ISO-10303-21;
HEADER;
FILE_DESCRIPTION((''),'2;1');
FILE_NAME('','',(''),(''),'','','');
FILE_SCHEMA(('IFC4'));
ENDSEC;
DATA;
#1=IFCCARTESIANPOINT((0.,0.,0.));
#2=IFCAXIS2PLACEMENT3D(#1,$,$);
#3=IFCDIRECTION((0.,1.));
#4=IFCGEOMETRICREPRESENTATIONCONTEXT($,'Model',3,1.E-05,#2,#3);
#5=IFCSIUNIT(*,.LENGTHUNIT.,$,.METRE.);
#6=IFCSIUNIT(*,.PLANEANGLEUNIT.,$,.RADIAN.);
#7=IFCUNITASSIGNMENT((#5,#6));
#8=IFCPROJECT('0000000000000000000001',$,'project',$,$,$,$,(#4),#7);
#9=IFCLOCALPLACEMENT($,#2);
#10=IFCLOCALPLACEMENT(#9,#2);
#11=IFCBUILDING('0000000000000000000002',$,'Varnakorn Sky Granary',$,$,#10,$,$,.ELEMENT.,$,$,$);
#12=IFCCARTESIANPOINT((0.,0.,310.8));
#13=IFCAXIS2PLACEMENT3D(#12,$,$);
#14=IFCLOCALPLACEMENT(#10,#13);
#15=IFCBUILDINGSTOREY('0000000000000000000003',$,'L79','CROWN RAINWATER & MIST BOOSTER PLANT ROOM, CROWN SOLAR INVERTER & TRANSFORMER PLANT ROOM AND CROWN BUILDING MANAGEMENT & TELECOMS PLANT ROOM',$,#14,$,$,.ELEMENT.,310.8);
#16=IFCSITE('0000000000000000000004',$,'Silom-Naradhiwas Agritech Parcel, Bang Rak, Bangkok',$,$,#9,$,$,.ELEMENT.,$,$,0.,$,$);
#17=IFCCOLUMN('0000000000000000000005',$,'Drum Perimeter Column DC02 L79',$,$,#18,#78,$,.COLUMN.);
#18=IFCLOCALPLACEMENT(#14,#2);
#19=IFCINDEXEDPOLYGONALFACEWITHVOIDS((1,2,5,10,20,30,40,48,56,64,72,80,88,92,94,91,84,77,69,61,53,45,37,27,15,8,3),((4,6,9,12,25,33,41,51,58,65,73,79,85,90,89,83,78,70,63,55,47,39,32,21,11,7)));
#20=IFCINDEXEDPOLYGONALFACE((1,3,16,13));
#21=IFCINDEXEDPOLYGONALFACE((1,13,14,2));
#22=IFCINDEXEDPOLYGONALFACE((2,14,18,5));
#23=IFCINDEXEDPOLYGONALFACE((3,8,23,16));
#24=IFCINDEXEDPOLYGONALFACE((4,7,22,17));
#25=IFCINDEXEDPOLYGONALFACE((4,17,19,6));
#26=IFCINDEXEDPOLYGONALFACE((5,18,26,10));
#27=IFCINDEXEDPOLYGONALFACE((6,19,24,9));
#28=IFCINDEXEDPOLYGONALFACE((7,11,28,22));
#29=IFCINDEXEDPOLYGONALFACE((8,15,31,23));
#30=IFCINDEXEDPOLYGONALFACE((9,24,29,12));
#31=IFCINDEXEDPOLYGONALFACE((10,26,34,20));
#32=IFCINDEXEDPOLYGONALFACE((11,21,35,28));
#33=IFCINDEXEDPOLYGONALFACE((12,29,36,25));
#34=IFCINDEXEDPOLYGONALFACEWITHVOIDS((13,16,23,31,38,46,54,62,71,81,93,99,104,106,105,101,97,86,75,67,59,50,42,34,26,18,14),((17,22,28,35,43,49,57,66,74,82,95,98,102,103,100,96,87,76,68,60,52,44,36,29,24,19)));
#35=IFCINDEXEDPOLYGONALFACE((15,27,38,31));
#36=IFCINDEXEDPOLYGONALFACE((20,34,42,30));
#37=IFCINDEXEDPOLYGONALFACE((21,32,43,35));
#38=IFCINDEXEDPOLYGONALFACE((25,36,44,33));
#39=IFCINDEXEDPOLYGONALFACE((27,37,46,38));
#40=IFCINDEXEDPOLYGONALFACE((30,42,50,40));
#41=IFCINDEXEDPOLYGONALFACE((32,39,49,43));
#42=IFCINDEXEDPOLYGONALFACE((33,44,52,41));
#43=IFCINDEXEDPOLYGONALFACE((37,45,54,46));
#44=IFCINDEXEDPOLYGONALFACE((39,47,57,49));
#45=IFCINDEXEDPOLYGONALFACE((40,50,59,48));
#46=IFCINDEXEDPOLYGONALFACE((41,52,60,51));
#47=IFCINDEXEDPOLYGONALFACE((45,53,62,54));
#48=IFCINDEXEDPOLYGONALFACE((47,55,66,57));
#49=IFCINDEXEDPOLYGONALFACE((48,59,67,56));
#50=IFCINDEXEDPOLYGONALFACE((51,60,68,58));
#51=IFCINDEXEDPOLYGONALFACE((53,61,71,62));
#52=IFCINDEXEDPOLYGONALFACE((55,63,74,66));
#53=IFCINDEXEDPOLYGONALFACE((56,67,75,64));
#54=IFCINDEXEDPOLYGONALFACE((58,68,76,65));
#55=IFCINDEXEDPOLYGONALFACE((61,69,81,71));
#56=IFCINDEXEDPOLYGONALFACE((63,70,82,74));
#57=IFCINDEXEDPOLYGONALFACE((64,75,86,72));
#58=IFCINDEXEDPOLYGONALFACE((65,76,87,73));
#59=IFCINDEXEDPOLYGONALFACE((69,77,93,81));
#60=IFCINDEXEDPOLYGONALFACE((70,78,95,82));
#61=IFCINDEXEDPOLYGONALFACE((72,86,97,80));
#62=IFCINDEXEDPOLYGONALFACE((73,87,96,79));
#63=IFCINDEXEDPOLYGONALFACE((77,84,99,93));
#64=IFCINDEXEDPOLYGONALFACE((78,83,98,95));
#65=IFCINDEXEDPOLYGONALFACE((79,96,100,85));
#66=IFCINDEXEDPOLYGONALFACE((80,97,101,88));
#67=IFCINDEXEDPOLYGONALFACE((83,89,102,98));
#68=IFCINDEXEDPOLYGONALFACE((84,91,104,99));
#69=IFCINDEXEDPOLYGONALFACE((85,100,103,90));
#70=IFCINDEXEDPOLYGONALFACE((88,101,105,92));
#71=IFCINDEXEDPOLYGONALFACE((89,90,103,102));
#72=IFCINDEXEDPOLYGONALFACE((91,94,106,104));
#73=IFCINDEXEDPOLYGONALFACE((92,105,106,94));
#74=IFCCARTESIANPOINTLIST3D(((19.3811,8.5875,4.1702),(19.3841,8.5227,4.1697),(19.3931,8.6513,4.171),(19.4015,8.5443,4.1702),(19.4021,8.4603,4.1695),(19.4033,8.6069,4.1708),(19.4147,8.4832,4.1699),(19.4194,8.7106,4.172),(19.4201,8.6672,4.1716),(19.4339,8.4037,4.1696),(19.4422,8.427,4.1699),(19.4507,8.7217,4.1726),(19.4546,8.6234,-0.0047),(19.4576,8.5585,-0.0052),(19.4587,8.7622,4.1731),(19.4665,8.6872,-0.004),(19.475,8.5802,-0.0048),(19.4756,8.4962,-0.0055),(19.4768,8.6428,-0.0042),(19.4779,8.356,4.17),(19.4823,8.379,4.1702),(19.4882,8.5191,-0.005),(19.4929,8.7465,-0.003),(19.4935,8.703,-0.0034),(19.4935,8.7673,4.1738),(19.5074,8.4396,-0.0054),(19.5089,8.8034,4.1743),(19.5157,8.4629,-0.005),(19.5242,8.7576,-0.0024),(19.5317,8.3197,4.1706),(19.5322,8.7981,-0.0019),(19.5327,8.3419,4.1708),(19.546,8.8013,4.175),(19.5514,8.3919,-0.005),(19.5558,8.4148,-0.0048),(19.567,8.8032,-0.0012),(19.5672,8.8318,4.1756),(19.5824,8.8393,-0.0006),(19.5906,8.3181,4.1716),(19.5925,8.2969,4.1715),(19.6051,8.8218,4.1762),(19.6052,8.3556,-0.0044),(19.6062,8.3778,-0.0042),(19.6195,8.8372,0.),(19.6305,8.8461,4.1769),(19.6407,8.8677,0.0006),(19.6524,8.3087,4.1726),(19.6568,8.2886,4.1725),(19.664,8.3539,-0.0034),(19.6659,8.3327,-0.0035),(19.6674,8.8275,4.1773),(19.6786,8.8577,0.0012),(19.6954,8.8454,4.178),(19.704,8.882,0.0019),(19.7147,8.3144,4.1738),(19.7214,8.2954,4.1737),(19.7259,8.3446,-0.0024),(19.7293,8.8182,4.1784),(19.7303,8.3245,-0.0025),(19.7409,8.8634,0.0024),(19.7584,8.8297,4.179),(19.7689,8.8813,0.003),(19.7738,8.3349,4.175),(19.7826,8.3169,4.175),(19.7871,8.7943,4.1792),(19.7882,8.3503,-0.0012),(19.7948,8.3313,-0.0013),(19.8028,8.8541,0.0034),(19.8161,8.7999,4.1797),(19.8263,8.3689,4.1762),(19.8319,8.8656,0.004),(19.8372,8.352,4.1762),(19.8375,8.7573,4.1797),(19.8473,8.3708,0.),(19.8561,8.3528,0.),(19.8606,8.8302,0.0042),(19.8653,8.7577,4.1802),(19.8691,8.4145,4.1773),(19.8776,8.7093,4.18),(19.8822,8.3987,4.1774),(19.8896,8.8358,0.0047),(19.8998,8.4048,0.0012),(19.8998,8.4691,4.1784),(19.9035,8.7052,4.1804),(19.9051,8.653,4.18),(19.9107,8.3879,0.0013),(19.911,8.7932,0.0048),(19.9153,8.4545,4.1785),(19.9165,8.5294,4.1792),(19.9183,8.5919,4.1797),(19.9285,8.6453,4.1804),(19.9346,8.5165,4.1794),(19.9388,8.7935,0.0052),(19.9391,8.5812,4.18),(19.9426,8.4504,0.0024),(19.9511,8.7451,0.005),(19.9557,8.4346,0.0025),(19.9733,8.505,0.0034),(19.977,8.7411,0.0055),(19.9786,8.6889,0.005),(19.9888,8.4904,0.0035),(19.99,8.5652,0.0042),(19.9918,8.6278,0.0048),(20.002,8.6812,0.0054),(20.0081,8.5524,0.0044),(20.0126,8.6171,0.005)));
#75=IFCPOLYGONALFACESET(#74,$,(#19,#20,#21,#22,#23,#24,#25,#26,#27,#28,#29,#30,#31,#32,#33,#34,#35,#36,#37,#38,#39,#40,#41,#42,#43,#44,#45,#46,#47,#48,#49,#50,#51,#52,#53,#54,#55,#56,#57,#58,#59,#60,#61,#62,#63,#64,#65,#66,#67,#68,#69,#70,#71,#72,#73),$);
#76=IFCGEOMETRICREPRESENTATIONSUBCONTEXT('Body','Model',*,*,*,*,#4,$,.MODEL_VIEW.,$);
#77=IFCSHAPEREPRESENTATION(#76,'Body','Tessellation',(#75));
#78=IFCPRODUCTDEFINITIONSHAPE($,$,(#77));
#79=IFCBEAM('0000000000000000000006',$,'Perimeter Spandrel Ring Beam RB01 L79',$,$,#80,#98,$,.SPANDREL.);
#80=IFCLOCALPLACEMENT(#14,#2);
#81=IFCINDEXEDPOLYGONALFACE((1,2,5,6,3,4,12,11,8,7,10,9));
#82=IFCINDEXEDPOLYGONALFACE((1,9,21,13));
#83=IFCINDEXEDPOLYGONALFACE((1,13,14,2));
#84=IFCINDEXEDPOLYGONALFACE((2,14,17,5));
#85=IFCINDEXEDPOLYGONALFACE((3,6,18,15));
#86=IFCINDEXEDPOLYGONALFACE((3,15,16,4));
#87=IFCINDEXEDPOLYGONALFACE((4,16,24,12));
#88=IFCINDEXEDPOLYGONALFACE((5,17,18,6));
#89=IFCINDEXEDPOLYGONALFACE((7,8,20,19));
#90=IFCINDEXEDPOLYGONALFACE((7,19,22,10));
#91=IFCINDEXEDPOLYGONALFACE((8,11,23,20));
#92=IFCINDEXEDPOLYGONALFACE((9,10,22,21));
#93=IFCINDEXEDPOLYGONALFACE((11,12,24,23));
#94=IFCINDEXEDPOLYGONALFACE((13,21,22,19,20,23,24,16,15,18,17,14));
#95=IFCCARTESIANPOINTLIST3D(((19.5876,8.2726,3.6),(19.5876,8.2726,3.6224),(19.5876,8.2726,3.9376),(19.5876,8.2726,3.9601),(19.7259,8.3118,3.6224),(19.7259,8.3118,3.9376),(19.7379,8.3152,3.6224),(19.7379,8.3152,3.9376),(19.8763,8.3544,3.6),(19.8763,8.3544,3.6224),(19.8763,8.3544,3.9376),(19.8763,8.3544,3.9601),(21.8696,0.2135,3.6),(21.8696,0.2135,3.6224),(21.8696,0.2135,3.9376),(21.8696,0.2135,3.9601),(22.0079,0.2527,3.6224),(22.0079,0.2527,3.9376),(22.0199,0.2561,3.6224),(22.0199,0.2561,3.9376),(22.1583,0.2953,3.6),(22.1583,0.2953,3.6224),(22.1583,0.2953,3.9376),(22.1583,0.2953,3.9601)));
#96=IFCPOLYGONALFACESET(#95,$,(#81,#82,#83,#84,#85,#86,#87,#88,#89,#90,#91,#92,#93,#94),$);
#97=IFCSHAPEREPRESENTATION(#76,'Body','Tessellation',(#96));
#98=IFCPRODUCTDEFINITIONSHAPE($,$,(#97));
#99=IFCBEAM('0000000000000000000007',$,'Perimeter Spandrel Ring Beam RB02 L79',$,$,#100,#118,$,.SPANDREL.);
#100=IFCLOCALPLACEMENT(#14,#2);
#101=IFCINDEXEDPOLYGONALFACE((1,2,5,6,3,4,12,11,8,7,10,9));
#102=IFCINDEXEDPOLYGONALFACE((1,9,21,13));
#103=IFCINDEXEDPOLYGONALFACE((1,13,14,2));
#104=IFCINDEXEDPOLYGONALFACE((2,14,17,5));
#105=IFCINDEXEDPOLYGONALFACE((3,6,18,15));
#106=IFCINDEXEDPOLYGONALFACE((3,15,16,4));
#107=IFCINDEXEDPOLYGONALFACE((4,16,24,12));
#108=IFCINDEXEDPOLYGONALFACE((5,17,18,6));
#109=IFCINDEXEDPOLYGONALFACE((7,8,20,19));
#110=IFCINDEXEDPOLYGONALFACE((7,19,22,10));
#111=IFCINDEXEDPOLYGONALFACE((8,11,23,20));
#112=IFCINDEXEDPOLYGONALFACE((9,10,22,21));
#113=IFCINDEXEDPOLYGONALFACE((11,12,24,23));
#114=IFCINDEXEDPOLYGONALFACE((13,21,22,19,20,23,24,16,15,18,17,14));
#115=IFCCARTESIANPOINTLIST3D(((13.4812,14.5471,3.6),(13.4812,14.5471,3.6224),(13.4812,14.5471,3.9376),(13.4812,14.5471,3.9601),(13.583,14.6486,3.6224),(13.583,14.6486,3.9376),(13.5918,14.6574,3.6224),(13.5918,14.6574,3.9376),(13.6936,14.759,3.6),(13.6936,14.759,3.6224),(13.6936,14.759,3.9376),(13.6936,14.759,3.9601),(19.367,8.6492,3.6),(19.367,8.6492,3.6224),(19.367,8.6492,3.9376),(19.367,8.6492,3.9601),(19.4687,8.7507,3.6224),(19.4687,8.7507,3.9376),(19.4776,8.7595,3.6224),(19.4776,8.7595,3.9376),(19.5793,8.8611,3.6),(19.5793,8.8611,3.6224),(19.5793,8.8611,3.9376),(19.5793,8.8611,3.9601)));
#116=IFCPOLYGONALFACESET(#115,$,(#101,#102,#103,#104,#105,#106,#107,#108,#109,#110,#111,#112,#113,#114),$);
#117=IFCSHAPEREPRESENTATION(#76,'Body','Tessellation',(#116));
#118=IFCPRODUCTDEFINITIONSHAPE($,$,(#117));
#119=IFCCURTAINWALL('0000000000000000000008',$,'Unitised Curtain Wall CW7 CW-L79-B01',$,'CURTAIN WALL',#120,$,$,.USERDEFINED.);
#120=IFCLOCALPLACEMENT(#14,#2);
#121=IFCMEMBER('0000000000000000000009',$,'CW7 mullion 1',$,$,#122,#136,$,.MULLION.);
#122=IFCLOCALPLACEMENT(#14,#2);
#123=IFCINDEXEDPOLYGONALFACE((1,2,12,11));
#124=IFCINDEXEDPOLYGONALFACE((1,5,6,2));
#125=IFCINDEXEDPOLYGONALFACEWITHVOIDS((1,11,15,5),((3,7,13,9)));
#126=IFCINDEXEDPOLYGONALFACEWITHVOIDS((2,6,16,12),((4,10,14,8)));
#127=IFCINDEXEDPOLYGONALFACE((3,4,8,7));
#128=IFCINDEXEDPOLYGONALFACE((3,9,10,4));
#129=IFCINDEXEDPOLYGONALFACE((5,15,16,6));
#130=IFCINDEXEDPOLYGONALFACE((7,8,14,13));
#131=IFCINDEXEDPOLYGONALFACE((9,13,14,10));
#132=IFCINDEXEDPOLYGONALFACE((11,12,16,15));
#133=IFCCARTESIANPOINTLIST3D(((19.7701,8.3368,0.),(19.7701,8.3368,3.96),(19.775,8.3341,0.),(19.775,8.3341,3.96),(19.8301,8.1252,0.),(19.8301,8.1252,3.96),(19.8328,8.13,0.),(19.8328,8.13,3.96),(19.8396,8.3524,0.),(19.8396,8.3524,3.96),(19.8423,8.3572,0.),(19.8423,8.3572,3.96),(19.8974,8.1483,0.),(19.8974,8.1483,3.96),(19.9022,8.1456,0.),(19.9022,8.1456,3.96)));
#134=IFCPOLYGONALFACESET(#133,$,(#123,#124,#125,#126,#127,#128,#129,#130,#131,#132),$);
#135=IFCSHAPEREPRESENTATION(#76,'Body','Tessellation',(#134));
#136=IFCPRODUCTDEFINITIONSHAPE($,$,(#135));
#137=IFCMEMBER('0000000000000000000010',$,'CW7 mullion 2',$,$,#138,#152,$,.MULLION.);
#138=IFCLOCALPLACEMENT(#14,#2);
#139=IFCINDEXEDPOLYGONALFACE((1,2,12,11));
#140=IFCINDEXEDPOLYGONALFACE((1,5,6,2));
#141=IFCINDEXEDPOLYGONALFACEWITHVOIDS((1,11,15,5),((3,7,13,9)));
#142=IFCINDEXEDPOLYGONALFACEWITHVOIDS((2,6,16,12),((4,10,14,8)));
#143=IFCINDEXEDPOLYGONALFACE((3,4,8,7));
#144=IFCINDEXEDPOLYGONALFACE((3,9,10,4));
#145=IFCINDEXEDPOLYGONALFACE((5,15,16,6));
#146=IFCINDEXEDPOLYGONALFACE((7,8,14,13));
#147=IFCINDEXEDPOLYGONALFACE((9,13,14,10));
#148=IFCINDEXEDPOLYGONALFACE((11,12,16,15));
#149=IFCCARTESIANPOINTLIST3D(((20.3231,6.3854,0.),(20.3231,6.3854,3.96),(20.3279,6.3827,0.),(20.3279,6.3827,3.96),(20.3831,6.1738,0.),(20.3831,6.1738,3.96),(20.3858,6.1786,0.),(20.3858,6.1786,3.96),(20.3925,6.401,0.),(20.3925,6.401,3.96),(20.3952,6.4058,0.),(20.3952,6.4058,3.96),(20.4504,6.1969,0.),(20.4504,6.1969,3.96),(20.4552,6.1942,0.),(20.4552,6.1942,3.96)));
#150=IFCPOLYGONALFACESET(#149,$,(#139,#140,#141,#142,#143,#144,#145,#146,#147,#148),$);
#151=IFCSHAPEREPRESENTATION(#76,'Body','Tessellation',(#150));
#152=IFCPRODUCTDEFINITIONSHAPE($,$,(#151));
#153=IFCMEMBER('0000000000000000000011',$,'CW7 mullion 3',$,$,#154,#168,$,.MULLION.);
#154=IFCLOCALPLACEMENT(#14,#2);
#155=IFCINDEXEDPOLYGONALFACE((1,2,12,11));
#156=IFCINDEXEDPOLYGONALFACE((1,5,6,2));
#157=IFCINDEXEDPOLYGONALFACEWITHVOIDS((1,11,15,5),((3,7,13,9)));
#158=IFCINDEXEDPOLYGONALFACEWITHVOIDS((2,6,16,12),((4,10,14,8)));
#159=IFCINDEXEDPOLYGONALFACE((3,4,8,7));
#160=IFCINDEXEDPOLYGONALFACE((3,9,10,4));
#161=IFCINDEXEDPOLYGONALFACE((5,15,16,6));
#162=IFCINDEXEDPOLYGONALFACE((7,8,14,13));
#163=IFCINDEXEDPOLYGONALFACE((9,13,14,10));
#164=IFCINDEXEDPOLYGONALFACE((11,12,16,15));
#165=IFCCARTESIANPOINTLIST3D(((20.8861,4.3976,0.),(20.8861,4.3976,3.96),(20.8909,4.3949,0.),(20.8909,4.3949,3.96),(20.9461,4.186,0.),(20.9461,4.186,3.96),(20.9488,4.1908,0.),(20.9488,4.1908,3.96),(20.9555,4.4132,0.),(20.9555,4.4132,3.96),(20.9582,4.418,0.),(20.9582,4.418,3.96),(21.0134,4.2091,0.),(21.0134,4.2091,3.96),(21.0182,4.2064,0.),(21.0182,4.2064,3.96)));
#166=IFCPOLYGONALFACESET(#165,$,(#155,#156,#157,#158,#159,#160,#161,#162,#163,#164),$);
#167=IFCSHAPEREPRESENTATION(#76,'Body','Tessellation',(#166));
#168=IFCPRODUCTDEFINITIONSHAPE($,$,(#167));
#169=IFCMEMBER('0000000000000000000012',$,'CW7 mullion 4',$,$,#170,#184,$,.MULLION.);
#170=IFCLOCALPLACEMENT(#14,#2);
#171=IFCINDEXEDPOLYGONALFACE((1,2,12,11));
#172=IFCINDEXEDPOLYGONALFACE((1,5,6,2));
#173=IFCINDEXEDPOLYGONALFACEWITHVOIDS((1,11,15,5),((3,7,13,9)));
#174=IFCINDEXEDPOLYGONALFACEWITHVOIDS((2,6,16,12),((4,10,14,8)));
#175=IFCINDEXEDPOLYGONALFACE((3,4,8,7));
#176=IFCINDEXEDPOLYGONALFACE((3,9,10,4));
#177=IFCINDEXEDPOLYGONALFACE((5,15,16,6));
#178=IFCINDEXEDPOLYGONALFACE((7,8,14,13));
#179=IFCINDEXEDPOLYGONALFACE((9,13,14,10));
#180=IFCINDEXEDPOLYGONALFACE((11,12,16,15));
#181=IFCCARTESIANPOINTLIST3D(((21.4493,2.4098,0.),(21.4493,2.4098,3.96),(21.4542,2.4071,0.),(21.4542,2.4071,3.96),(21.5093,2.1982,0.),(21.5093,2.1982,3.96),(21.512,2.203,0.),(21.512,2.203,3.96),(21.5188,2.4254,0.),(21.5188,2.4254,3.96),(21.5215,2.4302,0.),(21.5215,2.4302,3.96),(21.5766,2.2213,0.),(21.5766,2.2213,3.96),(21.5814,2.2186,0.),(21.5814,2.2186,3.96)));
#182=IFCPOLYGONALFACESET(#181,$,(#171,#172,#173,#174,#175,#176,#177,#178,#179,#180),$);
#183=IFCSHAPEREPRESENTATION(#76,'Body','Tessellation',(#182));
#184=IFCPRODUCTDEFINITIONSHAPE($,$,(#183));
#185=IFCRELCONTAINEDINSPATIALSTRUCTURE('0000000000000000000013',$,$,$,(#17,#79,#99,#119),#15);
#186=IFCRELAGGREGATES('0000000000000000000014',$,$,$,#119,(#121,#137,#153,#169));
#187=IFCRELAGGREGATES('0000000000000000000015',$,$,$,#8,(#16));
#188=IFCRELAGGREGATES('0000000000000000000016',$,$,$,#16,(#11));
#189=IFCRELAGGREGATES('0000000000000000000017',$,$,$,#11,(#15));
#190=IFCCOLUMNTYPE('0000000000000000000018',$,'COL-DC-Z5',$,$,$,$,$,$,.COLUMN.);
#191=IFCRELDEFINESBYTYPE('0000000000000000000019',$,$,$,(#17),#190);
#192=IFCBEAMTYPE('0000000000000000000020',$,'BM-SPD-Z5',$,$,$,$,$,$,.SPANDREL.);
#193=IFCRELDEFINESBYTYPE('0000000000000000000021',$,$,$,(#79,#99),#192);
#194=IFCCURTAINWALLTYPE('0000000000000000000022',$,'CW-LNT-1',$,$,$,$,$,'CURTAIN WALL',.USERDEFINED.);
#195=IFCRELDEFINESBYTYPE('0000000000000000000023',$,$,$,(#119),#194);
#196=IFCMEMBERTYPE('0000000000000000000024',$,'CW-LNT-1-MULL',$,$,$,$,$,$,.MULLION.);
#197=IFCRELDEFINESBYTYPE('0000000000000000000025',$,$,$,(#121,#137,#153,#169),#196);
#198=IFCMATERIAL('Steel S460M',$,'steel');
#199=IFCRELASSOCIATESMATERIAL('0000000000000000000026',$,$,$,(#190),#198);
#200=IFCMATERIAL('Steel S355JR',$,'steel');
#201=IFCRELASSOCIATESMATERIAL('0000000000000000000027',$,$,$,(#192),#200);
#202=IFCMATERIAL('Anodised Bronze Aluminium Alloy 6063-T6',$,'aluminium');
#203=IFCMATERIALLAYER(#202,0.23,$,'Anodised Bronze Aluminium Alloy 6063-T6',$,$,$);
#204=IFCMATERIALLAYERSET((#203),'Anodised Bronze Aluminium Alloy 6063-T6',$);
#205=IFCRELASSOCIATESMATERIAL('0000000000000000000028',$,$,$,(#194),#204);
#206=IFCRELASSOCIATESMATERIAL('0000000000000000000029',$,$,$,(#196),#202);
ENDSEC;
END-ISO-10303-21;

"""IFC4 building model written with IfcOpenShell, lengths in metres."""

from ifc_helpers import new_model, si_unit, direction, frame, origin, origin_2d, place, context, subcontext, project, spatial, hollow_rectangle, hollow_circle, i_section, extrude, material, layer, layer_set, material_profile, profile_set, type_object, element, aggregate, save


model = new_model("IFC4")

# Units and contexts
model_context = context("Model", 3, precision=1e-05, world=origin(), true_north=direction((0.0, 1.0)))
body_context = subcontext(model_context, "Body", "Model", "MODEL_VIEW")
ifc_project = project(units=[si_unit("LENGTHUNIT", "METRE"), si_unit("PLANEANGLEUNIT", "RADIAN")], contexts=[model_context])

# Site, building, storey
site_placement = place(None, origin())
site = spatial("IfcSite", under=ifc_project, at=site_placement, Name="Silom-Naradhiwas Agritech Parcel, Bang Rak, Bangkok", CompositionType="ELEMENT", RefElevation=0.0)
building_placement = place(site_placement, origin())
building = spatial("IfcBuilding", under=site, at=building_placement, Name="Varnakorn Sky Granary", CompositionType="ELEMENT")
storey_placement = place(building_placement, frame((0.0, 0.0, 310.8)))
storey = spatial("IfcBuildingStorey", under=building, at=storey_placement, Name="L79", Description="CROWN RAINWATER & MIST BOOSTER PLANT ROOM, CROWN SOLAR INVERTER & TRANSFORMER PLANT ROOM AND CROWN BUILDING MANAGEMENT & TELECOMS PLANT ROOM", CompositionType="ELEMENT", Elevation=310.8)

# Column
ifc_material_1 = material(Name="Steel S460M", Category="steel")
ifc_material_profile_1 = material_profile(ifc_material_1, hollow_circle(Radius=0.2795, WallThickness=0.02, at=origin_2d()), Name="CHS 559x20")
ifc_profile_set_1 = profile_set([ifc_material_profile_1], Name="Steel S460M")
column_type = type_object("IfcColumnType", Name="COL-DC-Z5", PredefinedType="COLUMN", material=ifc_profile_set_1)
column_placement = place(storey_placement, frame((19.7334, 8.604, 0.0), z_axis=(-0.017598, -0.008594, 0.999808), x_axis=(0.438835, -0.898568, 0.0)))
element("IfcColumn", 1, at=column_placement, inside=storey, type_object=column_type, Name="Drum Perimeter Column DC02 L79", PredefinedType="COLUMN", context=body_context, shape_type="SweptSolid", body=[
    extrude(hollow_circle(Radius=0.2795, WallThickness=0.02, at=origin_2d()), origin(), (0.0, 0.0, 1.0), 4.1758),
])

# Beams
ifc_material_2 = material(Name="Steel S355JR", Category="steel")
ifc_material_profile_2 = material_profile(ifc_material_2, i_section(OverallWidth=0.3, OverallDepth=0.3601, WebThickness=0.0125, FlangeThickness=0.0225, at=origin_2d()), Name="HE 360 B")
ifc_profile_set_2 = profile_set([ifc_material_profile_2], Name="Steel S355JR")
beam_type = type_object("IfcBeamType", Name="BM-SPD-Z5", PredefinedType="SPANDREL", material=ifc_profile_set_2)
beam_1_placement = place(storey_placement, frame((22.0139, 0.2544, 3.78), z_axis=(-0.272445, 0.962171, 0.0), x_axis=(-0.962171, -0.272445, 0.0)))
element("IfcBeam", 2, at=beam_1_placement, inside=storey, type_object=beam_type, Name="Perimeter Spandrel Ring Beam RB01 L79", PredefinedType="SPANDREL", context=body_context, shape_type="SweptSolid", body=[
    extrude(i_section(OverallWidth=0.3, OverallDepth=0.3601, WebThickness=0.0125, FlangeThickness=0.0225, at=origin_2d()), origin(), (0.0, 0.0, 1.0), 8.376),
])
beam_2_placement = place(storey_placement, frame((19.4731, 8.7551, 3.78), z_axis=(-0.706374, 0.707839, 0.0), x_axis=(-0.707839, -0.706374, 0.0)))
element("IfcBeam", 3, at=beam_2_placement, inside=storey, type_object=beam_type, Name="Perimeter Spandrel Ring Beam RB02 L79", PredefinedType="SPANDREL", context=body_context, shape_type="SweptSolid", body=[
    extrude(i_section(OverallWidth=0.3, OverallDepth=0.3601, WebThickness=0.0125, FlangeThickness=0.0225, at=origin_2d()), origin(), (0.0, 0.0, 1.0), 8.3323),
])

# Curtain wall, members
ifc_material_3 = material(Name="Anodised Bronze Aluminium Alloy 6063-T6", Category="aluminium")
ifc_layer_1 = layer(ifc_material_3, 0.23, Name="Anodised Bronze Aluminium Alloy 6063-T6")
ifc_layer_set_1 = layer_set([ifc_layer_1], Name="Anodised Bronze Aluminium Alloy 6063-T6")
curtain_wall_type = type_object("IfcCurtainWallType", Name="CW-LNT-1", ElementType="CURTAIN WALL", PredefinedType="USERDEFINED", material=ifc_layer_set_1)
curtain_wall_1_placement = place(storey_placement, origin())
curtain_wall_1 = element("IfcCurtainWall", 4, at=curtain_wall_1_placement, inside=storey, type_object=curtain_wall_type, Name="Unitised Curtain Wall CW7 CW-L79-B01", ObjectType="CURTAIN WALL", PredefinedType="USERDEFINED")
ifc_material_profile_3 = material_profile(ifc_material_3, hollow_rectangle(XDim=0.075, YDim=0.22, WallThickness=0.0039, at=origin_2d()), Name="ALU MULL 75x220")
ifc_profile_set_3 = profile_set([ifc_material_profile_3], Name="Anodised Bronze Aluminium Alloy 6063-T6")
member_type_1 = type_object("IfcMemberType", Name="CW-LNT-1-MULL", PredefinedType="MULLION", material=ifc_profile_set_3)
member_1_placement = place(storey_placement, frame((19.8362, 8.2412, 0.0), z_axis=(0.0, 0.0, 1.0), x_axis=(0.962134, 0.272577, 0.0)))
member_1 = element("IfcMember", 5, at=member_1_placement, type_object=member_type_1, Name="CW7 mullion 1", PredefinedType="MULLION", context=body_context, shape_type="SweptSolid", body=[
    extrude(hollow_rectangle(XDim=0.075, YDim=0.22, WallThickness=0.0039, at=origin_2d()), origin(), (0.0, 0.0, 1.0), 3.96),
])
member_2_placement = place(storey_placement, frame((20.3892, 6.2898, 0.0), z_axis=(0.0, 0.0, 1.0), x_axis=(0.962134, 0.272577, 0.0)))
member_2 = element("IfcMember", 6, at=member_2_placement, type_object=member_type_1, Name="CW7 mullion 2", PredefinedType="MULLION", context=body_context, shape_type="SweptSolid", body=[
    extrude(hollow_rectangle(XDim=0.075, YDim=0.22, WallThickness=0.0039, at=origin_2d()), origin(), (0.0, 0.0, 1.0), 3.96),
])
member_3_placement = place(storey_placement, frame((20.9521, 4.302, 0.0), z_axis=(0.0, 0.0, 1.0), x_axis=(0.962134, 0.272577, 0.0)))
member_3 = element("IfcMember", 7, at=member_3_placement, type_object=member_type_1, Name="CW7 mullion 3", PredefinedType="MULLION", context=body_context, shape_type="SweptSolid", body=[
    extrude(hollow_rectangle(XDim=0.075, YDim=0.22, WallThickness=0.0039, at=origin_2d()), origin(), (0.0, 0.0, 1.0), 3.96),
])
member_4_placement = place(storey_placement, frame((21.5154, 2.3142, 0.0), z_axis=(0.0, 0.0, 1.0), x_axis=(0.962134, 0.272577, 0.0)))
member_4 = element("IfcMember", 8, at=member_4_placement, type_object=member_type_1, Name="CW7 mullion 4", PredefinedType="MULLION", context=body_context, shape_type="SweptSolid", body=[
    extrude(hollow_rectangle(XDim=0.075, YDim=0.22, WallThickness=0.0039, at=origin_2d()), origin(), (0.0, 0.0, 1.0), 3.96),
])

aggregate(curtain_wall_1, [member_1, member_2, member_3, member_4])

save(model, "model.ifc")
